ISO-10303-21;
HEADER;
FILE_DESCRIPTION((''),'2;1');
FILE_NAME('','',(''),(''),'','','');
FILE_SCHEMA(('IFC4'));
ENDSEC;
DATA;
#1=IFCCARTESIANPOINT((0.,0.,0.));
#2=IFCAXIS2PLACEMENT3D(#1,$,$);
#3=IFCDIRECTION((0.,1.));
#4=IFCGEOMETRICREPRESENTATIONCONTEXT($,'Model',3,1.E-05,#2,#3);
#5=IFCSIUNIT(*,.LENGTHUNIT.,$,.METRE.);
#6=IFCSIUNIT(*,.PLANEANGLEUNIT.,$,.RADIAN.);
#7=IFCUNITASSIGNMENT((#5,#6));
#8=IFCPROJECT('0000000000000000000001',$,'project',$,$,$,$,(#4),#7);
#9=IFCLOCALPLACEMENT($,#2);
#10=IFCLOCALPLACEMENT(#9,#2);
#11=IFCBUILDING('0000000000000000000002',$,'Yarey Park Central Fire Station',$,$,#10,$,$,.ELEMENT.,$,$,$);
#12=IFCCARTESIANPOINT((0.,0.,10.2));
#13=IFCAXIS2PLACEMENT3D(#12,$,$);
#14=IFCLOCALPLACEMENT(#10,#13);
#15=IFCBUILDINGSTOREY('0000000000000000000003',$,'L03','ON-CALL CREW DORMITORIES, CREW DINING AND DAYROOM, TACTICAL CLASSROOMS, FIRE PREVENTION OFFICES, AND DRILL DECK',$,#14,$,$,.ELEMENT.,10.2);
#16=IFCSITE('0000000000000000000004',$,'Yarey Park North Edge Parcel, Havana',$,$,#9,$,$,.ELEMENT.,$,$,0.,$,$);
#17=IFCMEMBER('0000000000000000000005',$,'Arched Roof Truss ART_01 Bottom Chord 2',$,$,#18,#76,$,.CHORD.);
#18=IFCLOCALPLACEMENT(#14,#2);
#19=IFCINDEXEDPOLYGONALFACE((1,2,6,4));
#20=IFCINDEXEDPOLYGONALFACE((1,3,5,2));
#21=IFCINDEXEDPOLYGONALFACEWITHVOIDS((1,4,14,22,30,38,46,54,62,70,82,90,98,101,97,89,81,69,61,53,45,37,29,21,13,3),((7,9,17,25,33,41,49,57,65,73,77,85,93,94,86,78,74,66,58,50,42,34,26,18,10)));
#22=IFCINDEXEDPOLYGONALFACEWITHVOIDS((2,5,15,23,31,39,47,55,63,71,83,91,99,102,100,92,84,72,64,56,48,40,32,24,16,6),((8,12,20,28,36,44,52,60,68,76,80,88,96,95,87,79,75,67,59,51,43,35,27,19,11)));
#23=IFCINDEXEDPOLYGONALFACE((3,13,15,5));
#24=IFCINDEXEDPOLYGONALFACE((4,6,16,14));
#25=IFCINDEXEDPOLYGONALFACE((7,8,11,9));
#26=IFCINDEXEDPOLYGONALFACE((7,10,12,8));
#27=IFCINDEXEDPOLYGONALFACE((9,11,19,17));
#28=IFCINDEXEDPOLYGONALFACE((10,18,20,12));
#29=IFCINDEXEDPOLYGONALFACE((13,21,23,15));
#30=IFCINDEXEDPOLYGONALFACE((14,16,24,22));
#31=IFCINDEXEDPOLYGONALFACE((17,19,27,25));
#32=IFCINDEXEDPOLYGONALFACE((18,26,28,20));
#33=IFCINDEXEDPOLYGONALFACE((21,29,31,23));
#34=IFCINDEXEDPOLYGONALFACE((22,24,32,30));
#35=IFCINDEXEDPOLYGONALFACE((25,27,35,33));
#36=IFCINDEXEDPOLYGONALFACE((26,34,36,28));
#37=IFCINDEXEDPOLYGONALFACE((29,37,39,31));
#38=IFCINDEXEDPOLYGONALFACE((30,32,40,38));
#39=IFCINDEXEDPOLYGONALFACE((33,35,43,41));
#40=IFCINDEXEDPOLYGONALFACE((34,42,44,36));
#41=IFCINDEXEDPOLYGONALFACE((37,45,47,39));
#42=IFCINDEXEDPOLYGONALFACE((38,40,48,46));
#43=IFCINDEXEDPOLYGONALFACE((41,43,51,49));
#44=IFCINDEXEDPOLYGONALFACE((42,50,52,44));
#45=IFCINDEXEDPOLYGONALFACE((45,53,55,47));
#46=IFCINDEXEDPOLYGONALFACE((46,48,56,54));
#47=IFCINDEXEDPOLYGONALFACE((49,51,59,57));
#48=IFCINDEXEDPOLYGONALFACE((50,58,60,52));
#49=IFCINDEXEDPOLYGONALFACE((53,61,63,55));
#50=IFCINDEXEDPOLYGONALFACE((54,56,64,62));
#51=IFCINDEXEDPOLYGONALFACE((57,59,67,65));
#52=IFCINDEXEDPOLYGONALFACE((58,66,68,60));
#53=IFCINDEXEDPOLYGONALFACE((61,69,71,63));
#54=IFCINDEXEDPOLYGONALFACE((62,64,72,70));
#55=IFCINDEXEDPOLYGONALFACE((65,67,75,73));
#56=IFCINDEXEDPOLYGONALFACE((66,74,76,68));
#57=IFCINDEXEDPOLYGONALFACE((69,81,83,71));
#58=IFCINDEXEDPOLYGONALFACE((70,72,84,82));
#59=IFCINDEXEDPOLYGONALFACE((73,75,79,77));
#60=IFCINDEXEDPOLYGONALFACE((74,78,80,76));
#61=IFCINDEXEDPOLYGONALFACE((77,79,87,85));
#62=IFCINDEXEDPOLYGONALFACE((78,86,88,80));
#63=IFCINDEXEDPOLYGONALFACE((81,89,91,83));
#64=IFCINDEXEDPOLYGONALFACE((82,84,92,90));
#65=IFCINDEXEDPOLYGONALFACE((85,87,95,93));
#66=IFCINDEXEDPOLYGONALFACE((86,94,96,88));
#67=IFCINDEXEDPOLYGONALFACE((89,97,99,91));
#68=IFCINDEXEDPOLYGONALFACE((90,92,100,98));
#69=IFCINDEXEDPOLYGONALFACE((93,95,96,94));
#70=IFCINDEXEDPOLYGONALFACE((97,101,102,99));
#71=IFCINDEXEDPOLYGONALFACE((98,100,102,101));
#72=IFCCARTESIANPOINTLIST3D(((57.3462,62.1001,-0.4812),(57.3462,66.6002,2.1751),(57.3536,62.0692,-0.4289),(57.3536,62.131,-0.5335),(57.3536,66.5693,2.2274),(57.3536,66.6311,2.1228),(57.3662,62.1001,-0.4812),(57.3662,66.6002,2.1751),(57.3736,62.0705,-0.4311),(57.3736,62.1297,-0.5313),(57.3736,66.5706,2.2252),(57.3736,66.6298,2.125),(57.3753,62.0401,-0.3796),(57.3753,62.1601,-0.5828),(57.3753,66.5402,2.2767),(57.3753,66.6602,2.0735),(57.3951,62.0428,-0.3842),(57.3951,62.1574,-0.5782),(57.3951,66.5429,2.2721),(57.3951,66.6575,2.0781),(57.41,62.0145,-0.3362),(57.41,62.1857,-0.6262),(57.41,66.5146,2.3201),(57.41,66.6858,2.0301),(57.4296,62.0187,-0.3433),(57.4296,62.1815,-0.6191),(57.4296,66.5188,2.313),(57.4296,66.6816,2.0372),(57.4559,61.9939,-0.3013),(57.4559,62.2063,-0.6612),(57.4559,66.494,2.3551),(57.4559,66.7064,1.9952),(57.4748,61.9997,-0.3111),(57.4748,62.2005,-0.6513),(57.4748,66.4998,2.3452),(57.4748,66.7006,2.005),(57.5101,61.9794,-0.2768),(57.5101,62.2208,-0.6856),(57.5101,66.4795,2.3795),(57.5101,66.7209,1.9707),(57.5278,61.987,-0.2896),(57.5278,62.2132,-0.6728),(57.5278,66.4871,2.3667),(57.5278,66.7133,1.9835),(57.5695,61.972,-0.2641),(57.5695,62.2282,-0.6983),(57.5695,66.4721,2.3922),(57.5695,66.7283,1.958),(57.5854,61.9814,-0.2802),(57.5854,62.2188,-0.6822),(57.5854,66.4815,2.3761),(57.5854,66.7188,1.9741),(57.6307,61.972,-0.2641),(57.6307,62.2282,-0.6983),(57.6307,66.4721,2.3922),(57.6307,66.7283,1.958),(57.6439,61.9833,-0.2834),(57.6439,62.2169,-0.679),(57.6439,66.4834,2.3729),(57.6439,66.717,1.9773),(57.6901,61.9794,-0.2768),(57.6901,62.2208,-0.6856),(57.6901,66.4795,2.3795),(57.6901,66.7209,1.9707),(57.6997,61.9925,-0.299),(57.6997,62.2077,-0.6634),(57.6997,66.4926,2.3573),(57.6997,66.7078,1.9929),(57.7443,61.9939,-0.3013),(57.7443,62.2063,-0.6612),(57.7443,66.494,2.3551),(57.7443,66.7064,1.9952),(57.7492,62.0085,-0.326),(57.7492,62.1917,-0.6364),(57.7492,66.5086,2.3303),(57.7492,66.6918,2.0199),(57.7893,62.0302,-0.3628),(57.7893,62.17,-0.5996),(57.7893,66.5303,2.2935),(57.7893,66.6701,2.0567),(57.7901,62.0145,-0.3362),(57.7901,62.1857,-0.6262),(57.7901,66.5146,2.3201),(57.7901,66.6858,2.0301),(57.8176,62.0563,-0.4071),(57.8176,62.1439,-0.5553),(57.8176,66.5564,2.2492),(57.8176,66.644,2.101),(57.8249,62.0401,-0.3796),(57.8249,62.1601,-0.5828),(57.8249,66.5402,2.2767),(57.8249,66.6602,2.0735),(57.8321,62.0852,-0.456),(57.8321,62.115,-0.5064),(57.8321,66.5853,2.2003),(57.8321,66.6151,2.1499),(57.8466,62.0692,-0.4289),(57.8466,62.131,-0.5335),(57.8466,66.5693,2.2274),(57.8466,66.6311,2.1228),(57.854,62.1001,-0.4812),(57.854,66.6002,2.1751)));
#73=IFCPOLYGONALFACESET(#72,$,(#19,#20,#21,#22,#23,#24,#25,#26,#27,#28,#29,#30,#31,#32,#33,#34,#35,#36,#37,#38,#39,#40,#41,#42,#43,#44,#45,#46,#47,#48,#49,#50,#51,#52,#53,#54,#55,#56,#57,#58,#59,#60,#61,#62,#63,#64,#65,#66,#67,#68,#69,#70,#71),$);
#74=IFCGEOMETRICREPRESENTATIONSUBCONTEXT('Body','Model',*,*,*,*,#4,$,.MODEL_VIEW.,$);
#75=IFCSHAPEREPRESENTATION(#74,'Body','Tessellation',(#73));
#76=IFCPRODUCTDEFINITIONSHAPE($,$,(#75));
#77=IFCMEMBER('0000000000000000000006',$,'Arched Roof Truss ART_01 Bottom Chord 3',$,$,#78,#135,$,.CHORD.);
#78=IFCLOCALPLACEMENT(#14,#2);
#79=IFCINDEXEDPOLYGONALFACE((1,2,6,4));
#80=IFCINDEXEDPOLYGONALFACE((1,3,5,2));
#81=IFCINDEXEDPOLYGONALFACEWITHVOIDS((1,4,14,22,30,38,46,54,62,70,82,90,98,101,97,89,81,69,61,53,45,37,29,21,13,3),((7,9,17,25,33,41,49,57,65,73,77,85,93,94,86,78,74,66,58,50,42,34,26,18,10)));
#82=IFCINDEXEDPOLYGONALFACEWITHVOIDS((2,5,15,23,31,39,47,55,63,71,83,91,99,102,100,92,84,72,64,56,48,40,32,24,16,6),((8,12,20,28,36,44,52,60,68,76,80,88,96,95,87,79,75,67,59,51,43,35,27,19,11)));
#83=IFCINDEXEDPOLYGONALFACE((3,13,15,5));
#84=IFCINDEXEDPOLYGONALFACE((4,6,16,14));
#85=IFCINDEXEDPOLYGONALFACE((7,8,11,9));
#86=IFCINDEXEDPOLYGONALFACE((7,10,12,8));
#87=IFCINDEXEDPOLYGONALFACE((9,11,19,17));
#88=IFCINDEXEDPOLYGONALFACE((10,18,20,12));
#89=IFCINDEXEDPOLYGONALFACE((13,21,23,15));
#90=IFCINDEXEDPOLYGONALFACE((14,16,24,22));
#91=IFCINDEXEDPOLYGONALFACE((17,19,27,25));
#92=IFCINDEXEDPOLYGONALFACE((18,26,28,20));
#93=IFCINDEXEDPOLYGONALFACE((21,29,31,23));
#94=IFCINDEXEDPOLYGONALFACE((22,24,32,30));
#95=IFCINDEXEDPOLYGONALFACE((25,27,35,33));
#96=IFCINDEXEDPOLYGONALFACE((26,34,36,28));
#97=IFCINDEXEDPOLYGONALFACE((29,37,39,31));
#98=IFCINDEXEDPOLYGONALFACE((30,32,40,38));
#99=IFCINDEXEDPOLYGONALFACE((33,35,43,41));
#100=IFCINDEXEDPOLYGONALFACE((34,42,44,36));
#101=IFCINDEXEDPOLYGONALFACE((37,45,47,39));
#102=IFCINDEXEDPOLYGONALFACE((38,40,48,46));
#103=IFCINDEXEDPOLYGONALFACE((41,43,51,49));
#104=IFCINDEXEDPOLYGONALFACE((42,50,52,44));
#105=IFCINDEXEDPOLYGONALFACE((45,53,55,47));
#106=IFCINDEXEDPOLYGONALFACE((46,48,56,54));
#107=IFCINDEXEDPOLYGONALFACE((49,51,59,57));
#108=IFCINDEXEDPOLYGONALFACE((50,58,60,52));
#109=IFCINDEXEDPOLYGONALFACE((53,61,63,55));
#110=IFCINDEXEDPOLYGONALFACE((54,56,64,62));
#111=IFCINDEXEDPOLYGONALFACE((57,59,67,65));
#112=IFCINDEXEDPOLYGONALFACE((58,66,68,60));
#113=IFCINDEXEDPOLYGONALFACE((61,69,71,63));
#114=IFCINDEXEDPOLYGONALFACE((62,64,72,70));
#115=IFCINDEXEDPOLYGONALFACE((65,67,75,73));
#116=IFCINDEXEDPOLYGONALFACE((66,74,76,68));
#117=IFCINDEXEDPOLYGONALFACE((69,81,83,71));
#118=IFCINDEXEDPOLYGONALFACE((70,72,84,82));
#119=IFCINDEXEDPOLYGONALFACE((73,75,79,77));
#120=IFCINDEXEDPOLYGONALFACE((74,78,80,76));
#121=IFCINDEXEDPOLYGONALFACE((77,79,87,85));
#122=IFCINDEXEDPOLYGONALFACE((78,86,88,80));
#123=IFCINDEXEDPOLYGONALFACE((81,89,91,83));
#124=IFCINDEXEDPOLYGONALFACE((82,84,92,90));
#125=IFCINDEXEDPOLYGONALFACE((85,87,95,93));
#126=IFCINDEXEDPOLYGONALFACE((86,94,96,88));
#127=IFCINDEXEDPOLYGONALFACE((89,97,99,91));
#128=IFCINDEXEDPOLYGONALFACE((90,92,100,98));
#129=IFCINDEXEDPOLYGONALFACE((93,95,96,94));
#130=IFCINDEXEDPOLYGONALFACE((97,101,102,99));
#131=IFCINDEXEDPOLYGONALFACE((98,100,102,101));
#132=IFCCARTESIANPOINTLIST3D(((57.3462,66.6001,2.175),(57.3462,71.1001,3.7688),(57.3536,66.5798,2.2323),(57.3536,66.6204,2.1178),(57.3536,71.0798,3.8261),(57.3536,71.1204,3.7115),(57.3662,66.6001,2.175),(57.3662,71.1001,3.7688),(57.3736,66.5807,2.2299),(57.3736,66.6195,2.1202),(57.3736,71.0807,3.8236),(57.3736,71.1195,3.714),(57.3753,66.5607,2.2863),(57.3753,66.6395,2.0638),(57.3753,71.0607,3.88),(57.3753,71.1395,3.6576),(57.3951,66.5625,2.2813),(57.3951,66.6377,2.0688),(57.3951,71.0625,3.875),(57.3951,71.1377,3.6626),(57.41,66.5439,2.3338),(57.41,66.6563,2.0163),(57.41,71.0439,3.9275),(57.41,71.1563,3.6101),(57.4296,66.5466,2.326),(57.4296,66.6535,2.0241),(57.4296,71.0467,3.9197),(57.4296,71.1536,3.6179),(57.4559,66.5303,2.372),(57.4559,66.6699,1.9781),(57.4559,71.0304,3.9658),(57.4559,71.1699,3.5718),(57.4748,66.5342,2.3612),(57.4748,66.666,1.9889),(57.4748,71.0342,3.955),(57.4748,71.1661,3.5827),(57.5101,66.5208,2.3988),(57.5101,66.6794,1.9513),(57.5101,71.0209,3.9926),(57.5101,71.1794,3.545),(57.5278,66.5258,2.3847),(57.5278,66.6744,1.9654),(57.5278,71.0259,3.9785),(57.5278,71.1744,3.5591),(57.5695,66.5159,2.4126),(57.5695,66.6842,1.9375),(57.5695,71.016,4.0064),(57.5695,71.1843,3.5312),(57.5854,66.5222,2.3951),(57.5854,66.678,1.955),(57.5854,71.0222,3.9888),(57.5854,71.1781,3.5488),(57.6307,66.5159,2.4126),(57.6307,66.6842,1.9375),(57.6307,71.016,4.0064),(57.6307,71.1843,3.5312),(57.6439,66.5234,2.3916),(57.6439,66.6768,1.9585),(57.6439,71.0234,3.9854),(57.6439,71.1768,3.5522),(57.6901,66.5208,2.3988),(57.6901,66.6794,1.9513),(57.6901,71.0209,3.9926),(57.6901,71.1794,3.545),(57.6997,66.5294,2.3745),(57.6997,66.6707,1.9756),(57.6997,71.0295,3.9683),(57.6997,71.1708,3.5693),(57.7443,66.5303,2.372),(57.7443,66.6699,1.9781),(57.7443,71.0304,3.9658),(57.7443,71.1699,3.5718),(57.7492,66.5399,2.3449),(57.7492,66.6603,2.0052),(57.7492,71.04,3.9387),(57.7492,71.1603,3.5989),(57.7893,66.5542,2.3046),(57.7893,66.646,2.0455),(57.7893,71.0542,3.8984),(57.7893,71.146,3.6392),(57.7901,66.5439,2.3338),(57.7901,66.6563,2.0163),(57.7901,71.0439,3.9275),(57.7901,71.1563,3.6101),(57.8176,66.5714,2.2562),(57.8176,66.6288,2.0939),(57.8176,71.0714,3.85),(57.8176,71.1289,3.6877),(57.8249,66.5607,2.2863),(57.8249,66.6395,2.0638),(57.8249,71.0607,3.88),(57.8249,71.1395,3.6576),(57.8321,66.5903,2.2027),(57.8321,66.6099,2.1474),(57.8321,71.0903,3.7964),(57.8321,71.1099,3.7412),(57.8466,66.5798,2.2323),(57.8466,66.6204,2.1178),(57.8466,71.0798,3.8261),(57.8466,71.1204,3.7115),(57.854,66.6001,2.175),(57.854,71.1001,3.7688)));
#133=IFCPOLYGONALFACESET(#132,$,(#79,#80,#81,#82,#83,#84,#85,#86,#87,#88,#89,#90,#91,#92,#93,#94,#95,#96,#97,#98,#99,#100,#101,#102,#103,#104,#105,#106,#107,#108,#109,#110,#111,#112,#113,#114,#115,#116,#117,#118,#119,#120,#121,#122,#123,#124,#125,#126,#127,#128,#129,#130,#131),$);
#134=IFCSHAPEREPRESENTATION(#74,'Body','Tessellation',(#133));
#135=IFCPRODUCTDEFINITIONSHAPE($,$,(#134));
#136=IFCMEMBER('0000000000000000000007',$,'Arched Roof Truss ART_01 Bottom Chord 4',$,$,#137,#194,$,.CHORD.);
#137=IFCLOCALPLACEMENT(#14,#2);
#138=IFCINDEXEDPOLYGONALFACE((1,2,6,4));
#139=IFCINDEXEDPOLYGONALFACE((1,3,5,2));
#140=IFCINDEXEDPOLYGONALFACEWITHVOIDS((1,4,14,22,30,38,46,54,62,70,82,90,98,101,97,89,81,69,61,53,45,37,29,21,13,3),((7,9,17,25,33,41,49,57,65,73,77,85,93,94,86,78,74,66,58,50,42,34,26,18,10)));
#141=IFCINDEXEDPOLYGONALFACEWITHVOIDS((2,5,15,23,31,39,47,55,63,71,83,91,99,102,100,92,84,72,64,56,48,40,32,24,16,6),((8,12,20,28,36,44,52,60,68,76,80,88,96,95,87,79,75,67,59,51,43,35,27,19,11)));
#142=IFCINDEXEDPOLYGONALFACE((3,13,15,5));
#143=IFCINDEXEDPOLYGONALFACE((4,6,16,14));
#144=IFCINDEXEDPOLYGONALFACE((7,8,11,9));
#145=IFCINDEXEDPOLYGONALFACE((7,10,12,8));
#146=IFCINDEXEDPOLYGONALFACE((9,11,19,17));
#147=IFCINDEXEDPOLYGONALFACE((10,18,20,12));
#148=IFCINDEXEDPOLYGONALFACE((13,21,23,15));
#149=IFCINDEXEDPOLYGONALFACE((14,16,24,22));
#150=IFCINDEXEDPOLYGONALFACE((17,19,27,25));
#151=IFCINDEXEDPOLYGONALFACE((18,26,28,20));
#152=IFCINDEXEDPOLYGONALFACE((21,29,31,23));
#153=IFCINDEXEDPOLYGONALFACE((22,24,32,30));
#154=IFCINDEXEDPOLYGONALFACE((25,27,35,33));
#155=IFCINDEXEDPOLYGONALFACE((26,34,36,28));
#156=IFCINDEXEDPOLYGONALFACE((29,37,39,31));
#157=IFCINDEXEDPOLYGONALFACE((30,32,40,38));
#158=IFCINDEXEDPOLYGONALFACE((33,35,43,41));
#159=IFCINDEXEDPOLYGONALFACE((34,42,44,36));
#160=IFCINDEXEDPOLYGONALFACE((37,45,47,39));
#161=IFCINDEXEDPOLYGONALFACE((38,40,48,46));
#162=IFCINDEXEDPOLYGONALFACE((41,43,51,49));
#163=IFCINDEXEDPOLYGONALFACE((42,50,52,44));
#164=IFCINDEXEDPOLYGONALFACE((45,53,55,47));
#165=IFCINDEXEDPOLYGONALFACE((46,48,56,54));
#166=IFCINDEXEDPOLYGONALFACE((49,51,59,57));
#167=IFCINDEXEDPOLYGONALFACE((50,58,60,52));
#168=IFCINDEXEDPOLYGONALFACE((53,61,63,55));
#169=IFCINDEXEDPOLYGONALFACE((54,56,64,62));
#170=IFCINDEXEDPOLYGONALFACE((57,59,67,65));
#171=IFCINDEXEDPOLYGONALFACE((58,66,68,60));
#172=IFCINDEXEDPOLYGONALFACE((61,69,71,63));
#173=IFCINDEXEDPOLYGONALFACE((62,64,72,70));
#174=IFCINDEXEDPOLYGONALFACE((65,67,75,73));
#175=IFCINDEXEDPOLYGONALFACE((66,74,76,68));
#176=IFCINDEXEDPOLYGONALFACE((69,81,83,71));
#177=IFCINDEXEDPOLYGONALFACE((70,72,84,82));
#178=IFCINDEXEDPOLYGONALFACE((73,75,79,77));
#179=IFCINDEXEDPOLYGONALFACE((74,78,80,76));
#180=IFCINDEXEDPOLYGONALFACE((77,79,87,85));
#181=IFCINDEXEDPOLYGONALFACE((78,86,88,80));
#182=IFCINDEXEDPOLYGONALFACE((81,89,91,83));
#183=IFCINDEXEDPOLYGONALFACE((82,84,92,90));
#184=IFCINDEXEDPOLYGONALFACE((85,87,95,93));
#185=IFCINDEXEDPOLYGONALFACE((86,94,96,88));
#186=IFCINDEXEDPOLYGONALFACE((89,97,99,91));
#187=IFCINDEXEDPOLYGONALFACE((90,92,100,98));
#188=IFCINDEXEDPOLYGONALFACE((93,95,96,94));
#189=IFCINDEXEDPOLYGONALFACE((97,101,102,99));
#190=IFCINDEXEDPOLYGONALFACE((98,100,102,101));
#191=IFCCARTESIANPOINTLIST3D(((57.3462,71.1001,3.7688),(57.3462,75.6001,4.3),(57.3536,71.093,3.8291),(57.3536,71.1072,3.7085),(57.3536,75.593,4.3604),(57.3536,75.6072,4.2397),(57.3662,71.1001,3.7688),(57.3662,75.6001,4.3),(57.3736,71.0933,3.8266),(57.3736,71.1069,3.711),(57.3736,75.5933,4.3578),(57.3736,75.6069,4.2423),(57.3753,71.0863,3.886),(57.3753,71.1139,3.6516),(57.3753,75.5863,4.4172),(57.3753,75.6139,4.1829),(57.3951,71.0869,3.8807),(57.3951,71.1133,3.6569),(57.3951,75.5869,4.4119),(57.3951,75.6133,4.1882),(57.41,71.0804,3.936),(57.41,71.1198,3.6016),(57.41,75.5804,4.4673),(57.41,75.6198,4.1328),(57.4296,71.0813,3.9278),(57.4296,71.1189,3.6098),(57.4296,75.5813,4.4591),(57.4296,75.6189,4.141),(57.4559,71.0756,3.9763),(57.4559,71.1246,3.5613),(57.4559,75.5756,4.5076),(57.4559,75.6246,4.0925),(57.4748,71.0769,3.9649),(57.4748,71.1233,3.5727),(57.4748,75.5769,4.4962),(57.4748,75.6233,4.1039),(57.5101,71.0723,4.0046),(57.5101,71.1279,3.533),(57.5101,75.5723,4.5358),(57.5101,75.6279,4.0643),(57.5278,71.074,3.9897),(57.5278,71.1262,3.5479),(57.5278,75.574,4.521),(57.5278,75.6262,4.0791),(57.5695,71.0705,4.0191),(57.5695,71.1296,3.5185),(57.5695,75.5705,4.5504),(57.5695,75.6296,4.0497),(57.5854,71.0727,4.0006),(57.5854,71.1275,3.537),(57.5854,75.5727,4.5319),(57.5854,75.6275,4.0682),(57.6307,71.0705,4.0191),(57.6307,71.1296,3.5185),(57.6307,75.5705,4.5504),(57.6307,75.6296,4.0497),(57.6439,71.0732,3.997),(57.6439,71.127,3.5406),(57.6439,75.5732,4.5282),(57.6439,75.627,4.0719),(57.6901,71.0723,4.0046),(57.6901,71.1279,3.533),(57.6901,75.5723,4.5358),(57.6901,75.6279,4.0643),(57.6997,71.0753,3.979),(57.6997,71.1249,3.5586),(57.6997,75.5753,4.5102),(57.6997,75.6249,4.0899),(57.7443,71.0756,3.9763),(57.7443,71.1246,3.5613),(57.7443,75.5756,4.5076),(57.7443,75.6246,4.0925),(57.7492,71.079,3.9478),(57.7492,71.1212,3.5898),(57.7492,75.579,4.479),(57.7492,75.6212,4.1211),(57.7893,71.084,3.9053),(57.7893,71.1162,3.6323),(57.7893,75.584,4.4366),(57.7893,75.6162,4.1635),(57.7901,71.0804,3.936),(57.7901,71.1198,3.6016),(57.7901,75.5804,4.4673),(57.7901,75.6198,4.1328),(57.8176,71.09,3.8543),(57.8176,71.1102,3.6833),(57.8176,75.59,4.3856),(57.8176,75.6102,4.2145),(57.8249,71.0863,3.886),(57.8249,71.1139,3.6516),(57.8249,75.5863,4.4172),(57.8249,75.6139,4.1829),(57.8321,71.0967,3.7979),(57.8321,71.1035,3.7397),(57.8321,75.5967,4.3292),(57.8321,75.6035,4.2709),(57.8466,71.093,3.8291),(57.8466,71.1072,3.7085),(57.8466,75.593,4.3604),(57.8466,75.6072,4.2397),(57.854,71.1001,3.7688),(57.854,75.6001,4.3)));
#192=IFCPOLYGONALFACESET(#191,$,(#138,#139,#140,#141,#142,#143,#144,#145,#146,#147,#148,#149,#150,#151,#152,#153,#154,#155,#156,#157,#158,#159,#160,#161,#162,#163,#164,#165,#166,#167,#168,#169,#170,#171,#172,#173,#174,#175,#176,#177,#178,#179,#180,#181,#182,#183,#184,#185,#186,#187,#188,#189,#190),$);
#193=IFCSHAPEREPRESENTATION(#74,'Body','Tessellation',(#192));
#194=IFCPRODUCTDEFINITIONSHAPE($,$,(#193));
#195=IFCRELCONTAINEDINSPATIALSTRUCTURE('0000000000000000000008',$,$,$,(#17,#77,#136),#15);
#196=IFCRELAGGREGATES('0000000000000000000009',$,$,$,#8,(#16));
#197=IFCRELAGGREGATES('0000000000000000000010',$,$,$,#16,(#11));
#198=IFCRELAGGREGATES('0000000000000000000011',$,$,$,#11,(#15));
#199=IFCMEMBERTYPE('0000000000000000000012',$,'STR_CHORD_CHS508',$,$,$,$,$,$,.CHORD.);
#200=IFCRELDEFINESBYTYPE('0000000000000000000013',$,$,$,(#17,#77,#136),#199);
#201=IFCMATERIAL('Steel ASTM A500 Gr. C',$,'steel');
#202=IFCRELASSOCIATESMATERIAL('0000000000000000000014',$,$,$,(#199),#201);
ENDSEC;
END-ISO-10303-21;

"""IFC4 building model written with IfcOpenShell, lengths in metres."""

from ifc_helpers import new_model, si_unit, direction, frame, origin, origin_2d, place, context, subcontext, project, spatial, hollow_circle, extrude, material, material_profile, profile_set, type_object, element, save


model = new_model("IFC4")

# Units and contexts
model_context = context("Model", 3, precision=1e-05, world=origin(), true_north=direction((0.0, 1.0)))
body_context = subcontext(model_context, "Body", "Model", "MODEL_VIEW")
ifc_project = project(units=[si_unit("LENGTHUNIT", "METRE"), si_unit("PLANEANGLEUNIT", "RADIAN")], contexts=[model_context])

# Site, building, storey
site_placement = place(None, origin())
site = spatial("IfcSite", under=ifc_project, at=site_placement, Name="Yarey Park North Edge Parcel, Havana", CompositionType="ELEMENT", RefElevation=0.0)
building_placement = place(site_placement, origin())
building = spatial("IfcBuilding", under=site, at=building_placement, Name="Yarey Park Central Fire Station", CompositionType="ELEMENT")
storey_placement = place(building_placement, frame((0.0, 0.0, 10.2)))
storey = spatial("IfcBuildingStorey", under=building, at=storey_placement, Name="L03", Description="ON-CALL CREW DORMITORIES, CREW DINING AND DAYROOM, TACTICAL CLASSROOMS, FIRE PREVENTION OFFICES, AND DRILL DECK", CompositionType="ELEMENT", Elevation=10.2)

# Members
ifc_material_1 = material(Name="Steel ASTM A500 Gr. C", Category="steel")
ifc_material_profile_1 = material_profile(ifc_material_1, hollow_circle(Radius=0.2539, WallThickness=0.02, at=origin_2d()), Name="CHS 508x20")
ifc_profile_set_1 = profile_set([ifc_material_profile_1], Name="Steel ASTM A500 Gr. C")
member_type_1 = type_object("IfcMemberType", Name="STR_CHORD_CHS508", PredefinedType="CHORD", material=ifc_profile_set_1)
member_1_placement = place(storey_placement, frame((57.6001, 62.1001, -0.4812), z_axis=(0.0, 0.861165, 0.508326), x_axis=(-1.0, 0.0, 0.0)))
element("IfcMember", 1, at=member_1_placement, inside=storey, type_object=member_type_1, Name="Arched Roof Truss ART_01 Bottom Chord 2", PredefinedType="CHORD", context=body_context, shape_type="SweptSolid", body=[
    extrude(hollow_circle(Radius=0.2539, WallThickness=0.02, at=origin_2d()), origin(), (0.0, 0.0, 1.0), 5.2256),
])
member_2_placement = place(storey_placement, frame((57.6001, 66.6001, 2.175), z_axis=(0.0, 0.942627, 0.333847), x_axis=(-1.0, 0.0, 0.0)))
element("IfcMember", 2, at=member_2_placement, inside=storey, type_object=member_type_1, Name="Arched Roof Truss ART_01 Bottom Chord 3", PredefinedType="CHORD", context=body_context, shape_type="SweptSolid", body=[
    extrude(hollow_circle(Radius=0.2539, WallThickness=0.02, at=origin_2d()), origin(), (0.0, 0.0, 1.0), 4.7739),
])
member_3_placement = place(storey_placement, frame((57.6001, 71.1001, 3.7688), z_axis=(0.0, 0.993103, 0.117241), x_axis=(-1.0, 0.0, 0.0)))
element("IfcMember", 3, at=member_3_placement, inside=storey, type_object=member_type_1, Name="Arched Roof Truss ART_01 Bottom Chord 4", PredefinedType="CHORD", context=body_context, shape_type="SweptSolid", body=[
    extrude(hollow_circle(Radius=0.2539, WallThickness=0.02, at=origin_2d()), origin(), (0.0, 0.0, 1.0), 4.5312),
])

save(model, "model.ifc")
